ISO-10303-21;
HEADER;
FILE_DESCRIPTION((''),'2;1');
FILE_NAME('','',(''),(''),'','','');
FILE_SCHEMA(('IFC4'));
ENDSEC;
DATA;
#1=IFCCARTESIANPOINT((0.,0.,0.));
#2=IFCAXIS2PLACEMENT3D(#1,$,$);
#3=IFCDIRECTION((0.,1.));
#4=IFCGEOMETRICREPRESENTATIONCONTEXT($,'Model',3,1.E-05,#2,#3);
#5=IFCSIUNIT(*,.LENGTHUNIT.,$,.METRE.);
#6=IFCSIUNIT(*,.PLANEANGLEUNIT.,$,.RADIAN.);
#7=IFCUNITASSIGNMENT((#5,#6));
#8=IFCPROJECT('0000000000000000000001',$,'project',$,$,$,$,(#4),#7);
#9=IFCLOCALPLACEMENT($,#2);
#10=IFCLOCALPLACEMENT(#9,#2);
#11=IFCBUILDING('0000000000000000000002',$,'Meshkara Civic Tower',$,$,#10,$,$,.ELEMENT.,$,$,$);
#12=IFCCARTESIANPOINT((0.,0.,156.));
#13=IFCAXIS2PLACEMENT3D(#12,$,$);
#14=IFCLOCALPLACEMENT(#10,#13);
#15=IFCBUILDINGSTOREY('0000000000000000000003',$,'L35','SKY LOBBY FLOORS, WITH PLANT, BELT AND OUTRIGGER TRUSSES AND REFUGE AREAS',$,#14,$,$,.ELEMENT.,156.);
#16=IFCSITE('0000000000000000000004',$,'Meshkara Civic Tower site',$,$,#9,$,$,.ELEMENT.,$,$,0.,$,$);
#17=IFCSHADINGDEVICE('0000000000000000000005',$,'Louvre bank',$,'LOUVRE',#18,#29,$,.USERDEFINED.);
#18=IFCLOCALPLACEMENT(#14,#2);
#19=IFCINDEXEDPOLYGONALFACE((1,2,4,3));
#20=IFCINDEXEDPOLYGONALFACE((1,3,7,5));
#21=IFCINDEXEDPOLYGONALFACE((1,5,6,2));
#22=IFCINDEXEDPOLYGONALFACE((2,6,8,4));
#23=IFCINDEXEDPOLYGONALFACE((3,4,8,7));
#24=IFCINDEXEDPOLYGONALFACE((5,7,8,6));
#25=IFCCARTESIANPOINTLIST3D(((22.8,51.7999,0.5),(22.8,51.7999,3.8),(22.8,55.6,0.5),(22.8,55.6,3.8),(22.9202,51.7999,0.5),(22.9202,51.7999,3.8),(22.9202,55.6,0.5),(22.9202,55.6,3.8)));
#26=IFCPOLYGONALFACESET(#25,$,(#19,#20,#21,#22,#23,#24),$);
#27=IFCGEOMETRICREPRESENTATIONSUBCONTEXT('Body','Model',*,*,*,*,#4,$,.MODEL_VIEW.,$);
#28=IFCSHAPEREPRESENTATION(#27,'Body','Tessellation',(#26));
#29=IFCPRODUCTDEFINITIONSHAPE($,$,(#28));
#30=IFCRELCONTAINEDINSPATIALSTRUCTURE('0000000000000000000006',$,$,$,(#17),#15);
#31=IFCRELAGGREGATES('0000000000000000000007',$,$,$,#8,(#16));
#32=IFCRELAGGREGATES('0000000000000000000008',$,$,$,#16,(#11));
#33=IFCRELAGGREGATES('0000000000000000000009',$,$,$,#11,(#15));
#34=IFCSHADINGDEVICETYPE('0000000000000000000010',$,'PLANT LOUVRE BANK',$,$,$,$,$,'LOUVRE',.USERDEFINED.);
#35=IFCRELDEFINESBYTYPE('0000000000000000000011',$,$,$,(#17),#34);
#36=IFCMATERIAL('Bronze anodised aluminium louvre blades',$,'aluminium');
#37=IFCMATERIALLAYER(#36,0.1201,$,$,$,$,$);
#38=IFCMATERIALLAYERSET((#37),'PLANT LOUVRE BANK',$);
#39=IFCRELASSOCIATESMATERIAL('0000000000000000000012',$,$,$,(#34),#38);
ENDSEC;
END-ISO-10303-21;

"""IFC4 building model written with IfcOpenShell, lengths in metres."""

from ifc_helpers import new_model, si_unit, direction, frame, origin, origin_2d, place, context, subcontext, project, spatial, rectangle, extrude, material, layer, layer_set, type_object, element, save


model = new_model("IFC4")

# Units and contexts
model_context = context("Model", 3, precision=1e-05, world=origin(), true_north=direction((0.0, 1.0)))
body_context = subcontext(model_context, "Body", "Model", "MODEL_VIEW")
ifc_project = project(units=[si_unit("LENGTHUNIT", "METRE"), si_unit("PLANEANGLEUNIT", "RADIAN")], contexts=[model_context])

# Site, building, storey
site_placement = place(None, origin())
site = spatial("IfcSite", under=ifc_project, at=site_placement, Name="Meshkara Civic Tower site", CompositionType="ELEMENT", RefElevation=0.0)
building_placement = place(site_placement, origin())
building = spatial("IfcBuilding", under=site, at=building_placement, Name="Meshkara Civic Tower", CompositionType="ELEMENT")
storey_placement = place(building_placement, frame((0.0, 0.0, 156.0)))
storey = spatial("IfcBuildingStorey", under=building, at=storey_placement, Name="L35", Description="SKY LOBBY FLOORS, WITH PLANT, BELT AND OUTRIGGER TRUSSES AND REFUGE AREAS", CompositionType="ELEMENT", Elevation=156.0)

# Shading device
ifc_material_1 = material(Name="Bronze anodised aluminium louvre blades", Category="aluminium")
ifc_layer_1 = layer(ifc_material_1, 0.1201)
ifc_layer_set_1 = layer_set([ifc_layer_1], Name="PLANT LOUVRE BANK")
shading_device_type = type_object("IfcShadingDeviceType", Name="PLANT LOUVRE BANK", ElementType="LOUVRE", PredefinedType="USERDEFINED", material=ifc_layer_set_1)
shading_device_placement = place(storey_placement, frame((22.8601, 53.7, 0.5), z_axis=(0.0, 0.0, 1.0), x_axis=(0.0, 1.0, 0.0)))
element("IfcShadingDevice", 1, at=shading_device_placement, inside=storey, type_object=shading_device_type, Name="Louvre bank", ObjectType="LOUVRE", PredefinedType="USERDEFINED", context=body_context, shape_type="SweptSolid", body=[
    extrude(rectangle(XDim=3.8, YDim=0.1201, at=origin_2d()), origin(), (0.0, 0.0, 1.0), 3.3),
])

save(model, "model.ifc")
